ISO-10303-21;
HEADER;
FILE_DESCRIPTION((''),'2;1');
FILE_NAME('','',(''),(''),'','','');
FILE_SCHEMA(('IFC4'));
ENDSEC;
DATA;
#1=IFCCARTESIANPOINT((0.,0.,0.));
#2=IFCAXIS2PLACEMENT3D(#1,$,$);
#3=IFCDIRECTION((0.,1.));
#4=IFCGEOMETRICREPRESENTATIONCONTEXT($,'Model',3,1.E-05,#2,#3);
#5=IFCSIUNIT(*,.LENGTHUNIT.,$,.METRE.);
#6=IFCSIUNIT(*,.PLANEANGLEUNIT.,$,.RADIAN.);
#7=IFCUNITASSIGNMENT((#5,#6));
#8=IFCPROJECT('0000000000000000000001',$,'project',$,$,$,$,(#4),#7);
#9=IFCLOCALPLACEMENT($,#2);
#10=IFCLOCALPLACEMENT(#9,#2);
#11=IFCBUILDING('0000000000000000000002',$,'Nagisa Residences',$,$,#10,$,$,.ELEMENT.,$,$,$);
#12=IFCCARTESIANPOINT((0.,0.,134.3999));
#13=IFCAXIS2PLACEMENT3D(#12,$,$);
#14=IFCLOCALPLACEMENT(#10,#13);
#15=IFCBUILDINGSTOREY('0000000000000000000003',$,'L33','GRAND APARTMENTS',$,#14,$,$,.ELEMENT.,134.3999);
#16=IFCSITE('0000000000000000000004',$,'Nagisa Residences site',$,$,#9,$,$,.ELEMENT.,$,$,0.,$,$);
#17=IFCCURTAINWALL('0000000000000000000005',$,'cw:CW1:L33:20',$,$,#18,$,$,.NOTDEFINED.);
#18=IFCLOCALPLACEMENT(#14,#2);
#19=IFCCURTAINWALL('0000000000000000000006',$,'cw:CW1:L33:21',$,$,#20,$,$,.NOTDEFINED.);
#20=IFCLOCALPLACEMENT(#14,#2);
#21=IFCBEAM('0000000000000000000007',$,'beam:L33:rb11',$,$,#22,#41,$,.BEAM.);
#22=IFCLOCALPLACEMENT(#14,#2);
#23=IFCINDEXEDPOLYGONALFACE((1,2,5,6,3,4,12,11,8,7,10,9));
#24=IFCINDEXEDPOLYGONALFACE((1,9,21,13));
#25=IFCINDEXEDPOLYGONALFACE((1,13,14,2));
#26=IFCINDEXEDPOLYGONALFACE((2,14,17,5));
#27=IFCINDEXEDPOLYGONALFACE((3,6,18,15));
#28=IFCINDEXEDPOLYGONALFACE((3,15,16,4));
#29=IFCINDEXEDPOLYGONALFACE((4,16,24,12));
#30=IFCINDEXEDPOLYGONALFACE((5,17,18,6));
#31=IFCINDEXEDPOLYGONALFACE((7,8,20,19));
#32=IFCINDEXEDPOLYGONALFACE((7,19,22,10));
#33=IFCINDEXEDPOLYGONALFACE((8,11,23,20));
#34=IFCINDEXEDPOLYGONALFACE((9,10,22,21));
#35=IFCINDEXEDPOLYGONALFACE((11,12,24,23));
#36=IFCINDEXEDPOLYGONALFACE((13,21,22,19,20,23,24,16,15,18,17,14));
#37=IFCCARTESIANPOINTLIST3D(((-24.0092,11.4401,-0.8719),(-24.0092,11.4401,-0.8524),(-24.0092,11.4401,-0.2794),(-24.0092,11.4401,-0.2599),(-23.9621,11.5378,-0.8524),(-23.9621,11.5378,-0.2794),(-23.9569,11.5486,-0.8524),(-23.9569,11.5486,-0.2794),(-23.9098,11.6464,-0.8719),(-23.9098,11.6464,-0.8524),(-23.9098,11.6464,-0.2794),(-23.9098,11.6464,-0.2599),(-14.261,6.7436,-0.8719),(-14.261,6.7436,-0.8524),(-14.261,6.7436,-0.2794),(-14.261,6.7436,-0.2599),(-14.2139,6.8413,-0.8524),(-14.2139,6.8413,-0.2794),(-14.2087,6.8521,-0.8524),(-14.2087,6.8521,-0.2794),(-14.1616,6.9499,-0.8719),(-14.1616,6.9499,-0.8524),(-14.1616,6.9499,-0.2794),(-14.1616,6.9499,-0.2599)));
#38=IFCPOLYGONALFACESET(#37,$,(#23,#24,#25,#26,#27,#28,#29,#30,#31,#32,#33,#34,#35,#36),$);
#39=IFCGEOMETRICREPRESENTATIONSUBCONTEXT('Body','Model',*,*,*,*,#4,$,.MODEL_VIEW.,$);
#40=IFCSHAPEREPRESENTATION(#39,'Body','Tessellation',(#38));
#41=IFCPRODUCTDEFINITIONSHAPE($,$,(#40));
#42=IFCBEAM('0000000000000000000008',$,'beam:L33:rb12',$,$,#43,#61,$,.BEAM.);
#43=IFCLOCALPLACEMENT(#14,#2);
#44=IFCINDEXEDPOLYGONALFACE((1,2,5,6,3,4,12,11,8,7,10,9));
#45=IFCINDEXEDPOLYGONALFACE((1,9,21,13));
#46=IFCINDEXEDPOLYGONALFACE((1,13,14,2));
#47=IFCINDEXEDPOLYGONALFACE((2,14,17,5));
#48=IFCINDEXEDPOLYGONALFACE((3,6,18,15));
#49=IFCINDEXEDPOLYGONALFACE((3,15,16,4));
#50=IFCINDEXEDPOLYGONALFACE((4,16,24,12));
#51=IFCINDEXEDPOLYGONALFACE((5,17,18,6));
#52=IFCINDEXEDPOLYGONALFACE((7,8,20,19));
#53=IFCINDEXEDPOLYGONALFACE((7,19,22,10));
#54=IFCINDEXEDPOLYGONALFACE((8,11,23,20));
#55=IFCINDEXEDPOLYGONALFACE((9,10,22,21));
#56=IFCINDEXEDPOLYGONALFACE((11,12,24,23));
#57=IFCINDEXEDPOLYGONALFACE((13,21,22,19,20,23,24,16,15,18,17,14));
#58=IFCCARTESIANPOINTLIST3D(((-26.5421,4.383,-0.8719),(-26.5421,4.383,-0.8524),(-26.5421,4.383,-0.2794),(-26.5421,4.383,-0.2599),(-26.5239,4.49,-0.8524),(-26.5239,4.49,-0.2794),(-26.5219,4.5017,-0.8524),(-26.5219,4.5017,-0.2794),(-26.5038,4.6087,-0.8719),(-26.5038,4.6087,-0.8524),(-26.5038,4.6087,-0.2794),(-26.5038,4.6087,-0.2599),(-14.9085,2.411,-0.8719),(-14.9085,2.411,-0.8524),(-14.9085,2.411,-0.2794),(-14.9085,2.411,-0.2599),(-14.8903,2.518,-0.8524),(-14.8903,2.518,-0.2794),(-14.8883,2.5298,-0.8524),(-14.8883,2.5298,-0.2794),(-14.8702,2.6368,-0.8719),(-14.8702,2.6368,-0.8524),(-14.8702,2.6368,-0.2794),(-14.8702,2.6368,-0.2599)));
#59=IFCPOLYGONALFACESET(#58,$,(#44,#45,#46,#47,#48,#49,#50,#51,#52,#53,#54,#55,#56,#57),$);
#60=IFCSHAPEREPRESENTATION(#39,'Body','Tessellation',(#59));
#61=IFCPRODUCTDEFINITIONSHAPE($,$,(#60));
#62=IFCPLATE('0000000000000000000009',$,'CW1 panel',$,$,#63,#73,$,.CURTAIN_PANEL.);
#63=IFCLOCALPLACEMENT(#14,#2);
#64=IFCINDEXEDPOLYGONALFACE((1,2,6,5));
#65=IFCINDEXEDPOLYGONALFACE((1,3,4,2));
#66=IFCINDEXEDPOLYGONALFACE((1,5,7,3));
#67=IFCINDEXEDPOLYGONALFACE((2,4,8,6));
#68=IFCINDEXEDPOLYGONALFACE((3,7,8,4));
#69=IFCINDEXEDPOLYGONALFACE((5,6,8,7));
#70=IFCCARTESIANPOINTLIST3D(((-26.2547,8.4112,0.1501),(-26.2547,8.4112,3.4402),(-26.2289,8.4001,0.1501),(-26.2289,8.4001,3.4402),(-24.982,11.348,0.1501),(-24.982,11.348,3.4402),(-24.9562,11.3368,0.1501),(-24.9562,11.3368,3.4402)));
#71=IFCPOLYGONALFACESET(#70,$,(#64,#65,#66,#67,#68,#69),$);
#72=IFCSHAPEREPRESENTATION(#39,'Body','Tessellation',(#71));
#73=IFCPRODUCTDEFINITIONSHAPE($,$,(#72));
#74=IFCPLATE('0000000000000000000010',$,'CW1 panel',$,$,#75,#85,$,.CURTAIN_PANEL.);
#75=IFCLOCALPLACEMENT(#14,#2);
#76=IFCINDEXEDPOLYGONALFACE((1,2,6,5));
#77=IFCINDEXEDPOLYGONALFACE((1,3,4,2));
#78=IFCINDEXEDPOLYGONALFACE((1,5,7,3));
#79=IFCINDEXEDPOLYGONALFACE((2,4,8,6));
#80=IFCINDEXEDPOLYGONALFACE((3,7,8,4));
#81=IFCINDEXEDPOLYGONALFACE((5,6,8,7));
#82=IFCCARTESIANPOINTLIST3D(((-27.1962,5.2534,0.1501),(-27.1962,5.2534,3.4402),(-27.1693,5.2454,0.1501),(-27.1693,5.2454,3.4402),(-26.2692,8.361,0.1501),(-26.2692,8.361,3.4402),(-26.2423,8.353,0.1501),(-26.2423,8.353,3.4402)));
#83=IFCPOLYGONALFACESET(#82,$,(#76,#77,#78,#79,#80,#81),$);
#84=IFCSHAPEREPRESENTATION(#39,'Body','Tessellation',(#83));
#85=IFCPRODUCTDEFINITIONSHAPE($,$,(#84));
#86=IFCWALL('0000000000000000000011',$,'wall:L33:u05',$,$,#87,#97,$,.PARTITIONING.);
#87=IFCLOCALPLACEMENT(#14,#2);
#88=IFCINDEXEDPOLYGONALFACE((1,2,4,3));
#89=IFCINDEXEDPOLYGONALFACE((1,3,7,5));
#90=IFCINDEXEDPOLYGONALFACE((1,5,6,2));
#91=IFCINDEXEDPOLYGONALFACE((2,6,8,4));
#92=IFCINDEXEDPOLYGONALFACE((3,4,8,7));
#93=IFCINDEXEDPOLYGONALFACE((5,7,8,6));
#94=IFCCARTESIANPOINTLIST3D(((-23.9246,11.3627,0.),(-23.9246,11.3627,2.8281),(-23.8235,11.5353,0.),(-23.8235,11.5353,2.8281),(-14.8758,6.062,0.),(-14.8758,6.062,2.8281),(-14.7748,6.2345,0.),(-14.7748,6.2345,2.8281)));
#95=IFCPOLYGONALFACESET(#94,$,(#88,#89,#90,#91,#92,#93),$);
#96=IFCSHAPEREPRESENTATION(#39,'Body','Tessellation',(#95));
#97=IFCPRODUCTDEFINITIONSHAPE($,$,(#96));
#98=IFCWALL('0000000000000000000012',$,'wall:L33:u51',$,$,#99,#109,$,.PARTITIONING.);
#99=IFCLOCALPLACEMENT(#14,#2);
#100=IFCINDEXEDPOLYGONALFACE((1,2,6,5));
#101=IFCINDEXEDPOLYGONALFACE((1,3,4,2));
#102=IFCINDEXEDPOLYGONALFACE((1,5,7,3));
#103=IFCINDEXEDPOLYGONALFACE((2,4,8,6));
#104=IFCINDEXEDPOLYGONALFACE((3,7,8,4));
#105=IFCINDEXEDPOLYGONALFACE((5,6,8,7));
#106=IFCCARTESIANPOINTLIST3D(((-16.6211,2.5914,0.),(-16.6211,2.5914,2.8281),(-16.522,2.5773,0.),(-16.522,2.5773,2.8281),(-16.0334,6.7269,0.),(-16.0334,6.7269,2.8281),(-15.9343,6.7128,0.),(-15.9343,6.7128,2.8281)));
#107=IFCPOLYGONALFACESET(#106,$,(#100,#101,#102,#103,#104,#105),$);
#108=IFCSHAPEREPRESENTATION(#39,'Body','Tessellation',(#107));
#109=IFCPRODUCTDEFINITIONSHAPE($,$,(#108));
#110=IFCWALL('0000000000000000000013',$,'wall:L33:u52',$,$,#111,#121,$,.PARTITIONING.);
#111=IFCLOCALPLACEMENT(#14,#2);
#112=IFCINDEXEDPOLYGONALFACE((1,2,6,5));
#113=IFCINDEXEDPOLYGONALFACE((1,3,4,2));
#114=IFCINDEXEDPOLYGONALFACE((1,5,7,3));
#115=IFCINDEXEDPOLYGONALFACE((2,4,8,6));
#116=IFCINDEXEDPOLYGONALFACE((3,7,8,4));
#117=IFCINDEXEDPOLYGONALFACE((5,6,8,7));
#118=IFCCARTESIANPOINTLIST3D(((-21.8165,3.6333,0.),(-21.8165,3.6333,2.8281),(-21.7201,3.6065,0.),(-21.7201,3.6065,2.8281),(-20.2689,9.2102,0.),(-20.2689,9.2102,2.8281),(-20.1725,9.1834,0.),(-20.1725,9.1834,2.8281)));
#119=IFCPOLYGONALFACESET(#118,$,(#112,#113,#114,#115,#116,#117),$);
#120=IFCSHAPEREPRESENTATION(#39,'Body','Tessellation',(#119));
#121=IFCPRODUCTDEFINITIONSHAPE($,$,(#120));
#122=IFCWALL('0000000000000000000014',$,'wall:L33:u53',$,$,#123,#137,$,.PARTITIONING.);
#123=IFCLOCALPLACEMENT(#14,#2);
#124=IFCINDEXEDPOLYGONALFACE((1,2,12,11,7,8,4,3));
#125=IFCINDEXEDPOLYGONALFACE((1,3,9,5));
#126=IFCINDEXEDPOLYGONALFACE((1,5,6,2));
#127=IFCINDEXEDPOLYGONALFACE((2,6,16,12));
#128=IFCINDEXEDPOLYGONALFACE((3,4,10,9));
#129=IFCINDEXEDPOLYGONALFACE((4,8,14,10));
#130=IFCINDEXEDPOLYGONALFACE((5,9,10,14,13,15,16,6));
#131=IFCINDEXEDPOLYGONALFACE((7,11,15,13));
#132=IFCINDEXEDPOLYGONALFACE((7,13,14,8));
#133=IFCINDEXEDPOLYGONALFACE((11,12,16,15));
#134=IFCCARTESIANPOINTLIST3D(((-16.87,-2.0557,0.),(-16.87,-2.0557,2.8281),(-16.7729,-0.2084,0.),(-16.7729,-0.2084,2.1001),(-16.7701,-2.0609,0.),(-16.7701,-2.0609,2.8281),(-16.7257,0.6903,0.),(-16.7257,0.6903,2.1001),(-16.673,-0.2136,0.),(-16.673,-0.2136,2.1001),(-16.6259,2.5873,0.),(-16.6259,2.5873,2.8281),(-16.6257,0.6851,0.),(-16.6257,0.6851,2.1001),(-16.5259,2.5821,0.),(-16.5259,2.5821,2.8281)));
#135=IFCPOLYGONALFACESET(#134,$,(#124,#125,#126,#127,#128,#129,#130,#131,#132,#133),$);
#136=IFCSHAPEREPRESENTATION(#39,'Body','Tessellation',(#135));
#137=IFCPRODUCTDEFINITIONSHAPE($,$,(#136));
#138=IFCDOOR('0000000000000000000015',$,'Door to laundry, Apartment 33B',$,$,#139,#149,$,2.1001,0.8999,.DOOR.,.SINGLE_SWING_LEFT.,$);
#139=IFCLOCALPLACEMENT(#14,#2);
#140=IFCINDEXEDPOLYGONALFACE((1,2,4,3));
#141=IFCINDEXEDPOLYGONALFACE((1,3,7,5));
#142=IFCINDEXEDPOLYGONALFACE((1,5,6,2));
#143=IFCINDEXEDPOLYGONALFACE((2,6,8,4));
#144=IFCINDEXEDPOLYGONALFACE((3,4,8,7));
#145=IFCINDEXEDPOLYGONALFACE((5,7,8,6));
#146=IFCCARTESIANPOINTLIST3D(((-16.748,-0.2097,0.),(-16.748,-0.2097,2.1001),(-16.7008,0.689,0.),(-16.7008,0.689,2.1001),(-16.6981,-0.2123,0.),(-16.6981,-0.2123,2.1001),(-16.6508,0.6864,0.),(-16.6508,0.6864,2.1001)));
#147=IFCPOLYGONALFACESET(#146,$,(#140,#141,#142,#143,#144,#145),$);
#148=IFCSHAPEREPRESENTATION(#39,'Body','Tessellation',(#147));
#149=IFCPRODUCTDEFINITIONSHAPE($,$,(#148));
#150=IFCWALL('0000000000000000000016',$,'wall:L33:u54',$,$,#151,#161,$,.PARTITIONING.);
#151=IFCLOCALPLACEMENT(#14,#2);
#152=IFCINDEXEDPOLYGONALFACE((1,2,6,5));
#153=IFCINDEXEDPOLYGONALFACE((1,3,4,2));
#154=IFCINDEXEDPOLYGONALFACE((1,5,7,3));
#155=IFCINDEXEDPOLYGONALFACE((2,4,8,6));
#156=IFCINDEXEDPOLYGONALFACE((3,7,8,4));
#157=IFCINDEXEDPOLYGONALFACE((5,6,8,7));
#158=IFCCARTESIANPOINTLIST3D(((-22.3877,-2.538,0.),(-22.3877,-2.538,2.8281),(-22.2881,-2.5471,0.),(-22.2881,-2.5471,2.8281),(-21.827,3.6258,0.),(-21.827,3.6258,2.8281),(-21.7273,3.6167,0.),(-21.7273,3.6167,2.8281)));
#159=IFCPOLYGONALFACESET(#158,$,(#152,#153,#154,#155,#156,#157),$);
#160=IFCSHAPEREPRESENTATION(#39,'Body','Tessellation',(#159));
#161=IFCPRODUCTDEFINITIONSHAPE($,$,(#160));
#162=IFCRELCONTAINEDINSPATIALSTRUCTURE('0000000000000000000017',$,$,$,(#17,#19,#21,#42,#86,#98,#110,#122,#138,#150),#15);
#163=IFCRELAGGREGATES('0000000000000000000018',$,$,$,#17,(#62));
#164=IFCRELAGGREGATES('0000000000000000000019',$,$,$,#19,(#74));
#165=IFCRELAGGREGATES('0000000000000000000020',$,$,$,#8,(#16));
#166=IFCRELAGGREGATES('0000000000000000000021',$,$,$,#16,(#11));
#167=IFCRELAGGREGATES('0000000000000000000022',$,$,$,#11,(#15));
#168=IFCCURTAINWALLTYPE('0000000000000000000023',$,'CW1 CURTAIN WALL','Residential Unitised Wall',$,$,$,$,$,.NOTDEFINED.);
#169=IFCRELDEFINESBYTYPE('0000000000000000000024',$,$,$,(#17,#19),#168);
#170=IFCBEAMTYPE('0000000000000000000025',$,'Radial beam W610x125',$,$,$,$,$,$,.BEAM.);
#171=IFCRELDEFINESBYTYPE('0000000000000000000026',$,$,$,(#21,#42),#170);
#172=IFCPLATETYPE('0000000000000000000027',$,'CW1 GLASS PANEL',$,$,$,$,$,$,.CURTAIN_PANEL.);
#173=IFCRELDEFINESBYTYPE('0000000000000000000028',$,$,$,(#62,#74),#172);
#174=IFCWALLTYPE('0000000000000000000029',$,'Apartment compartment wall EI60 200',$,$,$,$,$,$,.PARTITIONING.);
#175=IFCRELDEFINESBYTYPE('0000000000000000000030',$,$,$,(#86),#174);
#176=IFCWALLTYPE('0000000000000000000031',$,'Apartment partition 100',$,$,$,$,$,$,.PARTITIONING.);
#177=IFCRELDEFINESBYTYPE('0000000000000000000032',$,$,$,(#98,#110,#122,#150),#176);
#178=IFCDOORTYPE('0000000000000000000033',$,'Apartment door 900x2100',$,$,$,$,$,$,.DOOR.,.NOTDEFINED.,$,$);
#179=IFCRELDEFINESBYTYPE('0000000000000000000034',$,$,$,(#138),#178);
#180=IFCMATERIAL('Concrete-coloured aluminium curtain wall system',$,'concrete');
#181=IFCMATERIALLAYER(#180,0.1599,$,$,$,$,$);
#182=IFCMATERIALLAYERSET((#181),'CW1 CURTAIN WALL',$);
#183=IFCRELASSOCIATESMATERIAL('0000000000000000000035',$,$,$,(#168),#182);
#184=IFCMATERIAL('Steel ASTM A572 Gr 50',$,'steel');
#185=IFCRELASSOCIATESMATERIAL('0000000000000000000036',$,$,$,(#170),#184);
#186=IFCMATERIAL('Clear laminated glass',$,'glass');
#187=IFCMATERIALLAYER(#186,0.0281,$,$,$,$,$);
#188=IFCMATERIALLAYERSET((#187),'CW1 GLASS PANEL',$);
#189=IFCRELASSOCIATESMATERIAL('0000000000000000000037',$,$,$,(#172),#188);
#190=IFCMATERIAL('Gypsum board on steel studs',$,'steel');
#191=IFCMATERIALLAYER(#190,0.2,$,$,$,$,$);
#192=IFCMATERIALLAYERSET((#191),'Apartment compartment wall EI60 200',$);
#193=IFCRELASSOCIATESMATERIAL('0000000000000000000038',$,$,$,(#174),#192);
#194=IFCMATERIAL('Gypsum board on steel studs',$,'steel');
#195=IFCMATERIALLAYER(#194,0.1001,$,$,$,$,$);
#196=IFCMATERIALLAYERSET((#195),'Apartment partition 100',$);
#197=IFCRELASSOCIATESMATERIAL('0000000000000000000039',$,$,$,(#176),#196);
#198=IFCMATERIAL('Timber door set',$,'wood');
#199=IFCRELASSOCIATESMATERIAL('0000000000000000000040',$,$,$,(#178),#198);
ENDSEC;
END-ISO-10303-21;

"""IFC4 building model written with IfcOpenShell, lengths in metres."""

from ifc_helpers import new_model, si_unit, direction, frame, frame_2d, origin, origin_2d, place, context, subcontext, project, spatial, rectangle, i_section, extrude, material, layer, layer_set, material_profile, profile_set, type_object, element, fill, aggregate, save


model = new_model("IFC4")

# Units and contexts
model_context = context("Model", 3, precision=1e-05, world=origin(), true_north=direction((0.0, 1.0)))
body_context = subcontext(model_context, "Body", "Model", "MODEL_VIEW")
ifc_project = project(units=[si_unit("LENGTHUNIT", "METRE"), si_unit("PLANEANGLEUNIT", "RADIAN")], contexts=[model_context])

# Site, building, storey
site_placement = place(None, origin())
site = spatial("IfcSite", under=ifc_project, at=site_placement, Name="Nagisa Residences site", CompositionType="ELEMENT", RefElevation=0.0)
building_placement = place(site_placement, origin())
building = spatial("IfcBuilding", under=site, at=building_placement, Name="Nagisa Residences", CompositionType="ELEMENT")
storey_placement = place(building_placement, frame((0.0, 0.0, 134.3999)))
storey = spatial("IfcBuildingStorey", under=building, at=storey_placement, Name="L33", Description="GRAND APARTMENTS", CompositionType="ELEMENT", Elevation=134.3999)

# Curtain walls
ifc_material_1 = material(Name="Concrete-coloured aluminium curtain wall system", Category="concrete")
ifc_layer_1 = layer(ifc_material_1, 0.1599)
ifc_layer_set_1 = layer_set([ifc_layer_1], Name="CW1 CURTAIN WALL")
curtain_wall_type = type_object("IfcCurtainWallType", Name="CW1 CURTAIN WALL", Description="Residential Unitised Wall", PredefinedType="NOTDEFINED", material=ifc_layer_set_1)
curtain_wall_1_placement = place(storey_placement, origin())
curtain_wall_1 = element("IfcCurtainWall", 1, at=curtain_wall_1_placement, inside=storey, type_object=curtain_wall_type, Name="cw:CW1:L33:20", PredefinedType="NOTDEFINED")
curtain_wall_2_placement = place(storey_placement, origin())
curtain_wall_2 = element("IfcCurtainWall", 2, at=curtain_wall_2_placement, inside=storey, type_object=curtain_wall_type, Name="cw:CW1:L33:21", PredefinedType="NOTDEFINED")

# Beams
ifc_material_2 = material(Name="Steel ASTM A572 Gr 50", Category="steel")
ifc_material_profile_1 = material_profile(ifc_material_2, i_section(OverallWidth=0.229, OverallDepth=0.6121, WebThickness=0.012, FlangeThickness=0.0195, at=origin_2d()), Name="W610x125")
ifc_profile_set_1 = profile_set([ifc_material_profile_1], Name="Steel ASTM A572 Gr 50")
beam_type_1 = type_object("IfcBeamType", Name="Radial beam W610x125", PredefinedType="BEAM", material=ifc_profile_set_1)
beam_1_placement = place(storey_placement, frame((-23.9595, 11.5432, -0.5659), z_axis=(0.900896, -0.434034, 0.0), x_axis=(0.434034, 0.900896, 0.0)))
element("IfcBeam", 3, at=beam_1_placement, inside=storey, type_object=beam_type_1, Name="beam:L33:rb11", PredefinedType="BEAM", context=body_context, shape_type="SweptSolid", body=[
    extrude(i_section(OverallWidth=0.229, OverallDepth=0.6121, WebThickness=0.012, FlangeThickness=0.0195, at=origin_2d()), origin(), (0.0, 0.0, 1.0), 10.8206),
])
beam_2_placement = place(storey_placement, frame((-26.5229, 4.4958, -0.5659), z_axis=(0.985937, -0.167119, 0.0), x_axis=(0.167119, 0.985937, 0.0)))
element("IfcBeam", 4, at=beam_2_placement, inside=storey, type_object=beam_type_1, Name="beam:L33:rb12", PredefinedType="BEAM", context=body_context, shape_type="SweptSolid", body=[
    extrude(i_section(OverallWidth=0.229, OverallDepth=0.6121, WebThickness=0.012, FlangeThickness=0.0195, at=origin_2d()), origin(), (0.0, 0.0, 1.0), 11.7996),
])

# Plates
ifc_material_3 = material(Name="Clear laminated glass", Category="glass")
ifc_layer_2 = layer(ifc_material_3, 0.0281)
ifc_layer_set_2 = layer_set([ifc_layer_2], Name="CW1 GLASS PANEL")
plate_type = type_object("IfcPlateType", Name="CW1 GLASS PANEL", PredefinedType="CURTAIN_PANEL", material=ifc_layer_set_2)
plate_1_placement = place(storey_placement, frame((-25.6055, 9.874, 0.1501), z_axis=(0.0, 0.0, 1.0), x_axis=(-0.397636, -0.917543, 0.0)))
plate_1 = element("IfcPlate", 5, at=plate_1_placement, type_object=plate_type, Name="CW1 panel", PredefinedType="CURTAIN_PANEL", context=body_context, shape_type="SweptSolid", body=[
    extrude(rectangle(XDim=3.2007, YDim=0.0281, at=origin_2d()), origin(), (0.0, 0.0, 1.0), 3.29),
])
aggregate(curtain_wall_1, [plate_1])
plate_2_placement = place(storey_placement, frame((-26.7192, 6.8032, 0.1501), z_axis=(0.0, 0.0, 1.0), x_axis=(-0.28586, -0.958271, 0.0)))
plate_2 = element("IfcPlate", 6, at=plate_2_placement, type_object=plate_type, Name="CW1 panel", PredefinedType="CURTAIN_PANEL", context=body_context, shape_type="SweptSolid", body=[
    extrude(rectangle(XDim=3.2429, YDim=0.0281, at=origin_2d()), origin(), (0.0, 0.0, 1.0), 3.29),
])
aggregate(curtain_wall_2, [plate_2])

# Walls
ifc_material_4 = material(Name="Gypsum board on steel studs", Category="steel")
ifc_layer_3 = layer(ifc_material_4, 0.2)
ifc_layer_set_3 = layer_set([ifc_layer_3], Name="Apartment compartment wall EI60 200")
wall_type_1 = type_object("IfcWallType", Name="Apartment compartment wall EI60 200", PredefinedType="PARTITIONING", material=ifc_layer_set_3)
wall_1_placement = place(storey_placement, frame((-14.8252, 6.1482, 0.0), z_axis=(0.0, 0.0, 1.0), x_axis=(-0.862852, 0.505457, 0.0)))
element("IfcWall", 7, at=wall_1_placement, inside=storey, type_object=wall_type_1, Name="wall:L33:u05", PredefinedType="PARTITIONING", context=body_context, shape_type="SweptSolid", body=[
    extrude(rectangle(XDim=10.4871, YDim=0.2, at=frame_2d((5.2437, 0.0))), origin(), (0.0, 0.0, 1.0), 2.8281),
])
ifc_material_5 = material(Name="Gypsum board on steel studs", Category="steel")
ifc_layer_4 = layer(ifc_material_5, 0.1001)
ifc_layer_set_4 = layer_set([ifc_layer_4], Name="Apartment partition 100")
wall_type_2 = type_object("IfcWallType", Name="Apartment partition 100", PredefinedType="PARTITIONING", material=ifc_layer_set_4)
wall_2_placement = place(storey_placement, frame((-15.9839, 6.7197, 0.0), z_axis=(0.0, 0.0, 1.0), x_axis=(-0.140685, -0.990054, 0.0)))
element("IfcWall", 8, at=wall_2_placement, inside=storey, type_object=wall_type_2, Name="wall:L33:u51", PredefinedType="PARTITIONING", context=body_context, shape_type="SweptSolid", body=[
    extrude(rectangle(XDim=4.177, YDim=0.1001, at=frame_2d((2.0884, 0.0))), origin(), (0.0, 0.0, 1.0), 2.8281),
])
wall_3_placement = place(storey_placement, frame((-20.2207, 9.1968, 0.0), z_axis=(0.0, 0.0, 1.0), x_axis=(-0.267398, -0.963586, 0.0)))
element("IfcWall", 9, at=wall_3_placement, inside=storey, type_object=wall_type_2, Name="wall:L33:u52", PredefinedType="PARTITIONING", context=body_context, shape_type="SweptSolid", body=[
    extrude(rectangle(XDim=5.7876, YDim=0.1001, at=frame_2d((2.8938, 0.0))), origin(), (0.0, 0.0, 1.0), 2.8281),
])

# Wall, opening, door
wall_4_placement = place(storey_placement, frame((-16.5759, 2.5847, 0.0), z_axis=(0.0, 0.0, 1.0), x_axis=(-0.052509, -0.99862, 0.0)))
wall_4 = element("IfcWall", 10, at=wall_4_placement, inside=storey, type_object=wall_type_2, Name="wall:L33:u53", PredefinedType="PARTITIONING", context=body_context, shape_type="SweptSolid", body=[
    extrude(rectangle(XDim=4.6494, YDim=0.1001, at=frame_2d((2.3247, 0.0))), origin(), (0.0, 0.0, 1.0), 2.8281),
])
opening_1_placement = place(wall_4_placement, frame((1.8997, 0.0, 0.0)))
opening_1 = element("IfcOpeningElement", 11, at=opening_1_placement, cuts=wall_4, PredefinedType="OPENING", context=body_context, shape_type="SweptSolid", body=[
    extrude(rectangle(XDim=0.8999, YDim=2.1001, at=frame_2d((0.45, 1.05))), frame((0.0, 0.0601, 0.0), z_axis=(0.0, -1.0, 0.0), x_axis=(1.0, 0.0, 0.0)), (0.0, 0.0, 1.0), 0.1201),
])
ifc_material_6 = material(Name="Timber door set", Category="wood")
door_type_1 = type_object("IfcDoorType", Name="Apartment door 900x2100", OperationType="NOTDEFINED", PredefinedType="DOOR", material=ifc_material_6)
door_1_placement = place(opening_1_placement, origin())
door_1 = element("IfcDoor", 12, at=door_1_placement, inside=storey, type_object=door_type_1, Name="Door to laundry, Apartment 33B", OperationType="SINGLE_SWING_LEFT", OverallHeight=2.1001, OverallWidth=0.8999, PredefinedType="DOOR", context=body_context, shape_type="SweptSolid", body=[
    extrude(rectangle(XDim=0.8999, YDim=2.1001, at=frame_2d((0.45, 1.05))), frame((0.0, 0.0249, 0.0), z_axis=(0.0, -1.0, 0.0), x_axis=(1.0, 0.0, 0.0)), (0.0, 0.0, 1.0), 0.05),
])
fill(opening_1, door_1)

# Wall
wall_5_placement = place(storey_placement, frame((-21.7771, 3.6213, 0.0), z_axis=(0.0, 0.0, 1.0), x_axis=(-0.090607, -0.995887, 0.0)))
element("IfcWall", 13, at=wall_5_placement, inside=storey, type_object=wall_type_2, Name="wall:L33:u54", PredefinedType="PARTITIONING", context=body_context, shape_type="SweptSolid", body=[
    extrude(rectangle(XDim=6.1892, YDim=0.1001, at=frame_2d((3.0947, 0.0))), origin(), (0.0, 0.0, 1.0), 2.8281),
])

save(model, "model.ifc")
